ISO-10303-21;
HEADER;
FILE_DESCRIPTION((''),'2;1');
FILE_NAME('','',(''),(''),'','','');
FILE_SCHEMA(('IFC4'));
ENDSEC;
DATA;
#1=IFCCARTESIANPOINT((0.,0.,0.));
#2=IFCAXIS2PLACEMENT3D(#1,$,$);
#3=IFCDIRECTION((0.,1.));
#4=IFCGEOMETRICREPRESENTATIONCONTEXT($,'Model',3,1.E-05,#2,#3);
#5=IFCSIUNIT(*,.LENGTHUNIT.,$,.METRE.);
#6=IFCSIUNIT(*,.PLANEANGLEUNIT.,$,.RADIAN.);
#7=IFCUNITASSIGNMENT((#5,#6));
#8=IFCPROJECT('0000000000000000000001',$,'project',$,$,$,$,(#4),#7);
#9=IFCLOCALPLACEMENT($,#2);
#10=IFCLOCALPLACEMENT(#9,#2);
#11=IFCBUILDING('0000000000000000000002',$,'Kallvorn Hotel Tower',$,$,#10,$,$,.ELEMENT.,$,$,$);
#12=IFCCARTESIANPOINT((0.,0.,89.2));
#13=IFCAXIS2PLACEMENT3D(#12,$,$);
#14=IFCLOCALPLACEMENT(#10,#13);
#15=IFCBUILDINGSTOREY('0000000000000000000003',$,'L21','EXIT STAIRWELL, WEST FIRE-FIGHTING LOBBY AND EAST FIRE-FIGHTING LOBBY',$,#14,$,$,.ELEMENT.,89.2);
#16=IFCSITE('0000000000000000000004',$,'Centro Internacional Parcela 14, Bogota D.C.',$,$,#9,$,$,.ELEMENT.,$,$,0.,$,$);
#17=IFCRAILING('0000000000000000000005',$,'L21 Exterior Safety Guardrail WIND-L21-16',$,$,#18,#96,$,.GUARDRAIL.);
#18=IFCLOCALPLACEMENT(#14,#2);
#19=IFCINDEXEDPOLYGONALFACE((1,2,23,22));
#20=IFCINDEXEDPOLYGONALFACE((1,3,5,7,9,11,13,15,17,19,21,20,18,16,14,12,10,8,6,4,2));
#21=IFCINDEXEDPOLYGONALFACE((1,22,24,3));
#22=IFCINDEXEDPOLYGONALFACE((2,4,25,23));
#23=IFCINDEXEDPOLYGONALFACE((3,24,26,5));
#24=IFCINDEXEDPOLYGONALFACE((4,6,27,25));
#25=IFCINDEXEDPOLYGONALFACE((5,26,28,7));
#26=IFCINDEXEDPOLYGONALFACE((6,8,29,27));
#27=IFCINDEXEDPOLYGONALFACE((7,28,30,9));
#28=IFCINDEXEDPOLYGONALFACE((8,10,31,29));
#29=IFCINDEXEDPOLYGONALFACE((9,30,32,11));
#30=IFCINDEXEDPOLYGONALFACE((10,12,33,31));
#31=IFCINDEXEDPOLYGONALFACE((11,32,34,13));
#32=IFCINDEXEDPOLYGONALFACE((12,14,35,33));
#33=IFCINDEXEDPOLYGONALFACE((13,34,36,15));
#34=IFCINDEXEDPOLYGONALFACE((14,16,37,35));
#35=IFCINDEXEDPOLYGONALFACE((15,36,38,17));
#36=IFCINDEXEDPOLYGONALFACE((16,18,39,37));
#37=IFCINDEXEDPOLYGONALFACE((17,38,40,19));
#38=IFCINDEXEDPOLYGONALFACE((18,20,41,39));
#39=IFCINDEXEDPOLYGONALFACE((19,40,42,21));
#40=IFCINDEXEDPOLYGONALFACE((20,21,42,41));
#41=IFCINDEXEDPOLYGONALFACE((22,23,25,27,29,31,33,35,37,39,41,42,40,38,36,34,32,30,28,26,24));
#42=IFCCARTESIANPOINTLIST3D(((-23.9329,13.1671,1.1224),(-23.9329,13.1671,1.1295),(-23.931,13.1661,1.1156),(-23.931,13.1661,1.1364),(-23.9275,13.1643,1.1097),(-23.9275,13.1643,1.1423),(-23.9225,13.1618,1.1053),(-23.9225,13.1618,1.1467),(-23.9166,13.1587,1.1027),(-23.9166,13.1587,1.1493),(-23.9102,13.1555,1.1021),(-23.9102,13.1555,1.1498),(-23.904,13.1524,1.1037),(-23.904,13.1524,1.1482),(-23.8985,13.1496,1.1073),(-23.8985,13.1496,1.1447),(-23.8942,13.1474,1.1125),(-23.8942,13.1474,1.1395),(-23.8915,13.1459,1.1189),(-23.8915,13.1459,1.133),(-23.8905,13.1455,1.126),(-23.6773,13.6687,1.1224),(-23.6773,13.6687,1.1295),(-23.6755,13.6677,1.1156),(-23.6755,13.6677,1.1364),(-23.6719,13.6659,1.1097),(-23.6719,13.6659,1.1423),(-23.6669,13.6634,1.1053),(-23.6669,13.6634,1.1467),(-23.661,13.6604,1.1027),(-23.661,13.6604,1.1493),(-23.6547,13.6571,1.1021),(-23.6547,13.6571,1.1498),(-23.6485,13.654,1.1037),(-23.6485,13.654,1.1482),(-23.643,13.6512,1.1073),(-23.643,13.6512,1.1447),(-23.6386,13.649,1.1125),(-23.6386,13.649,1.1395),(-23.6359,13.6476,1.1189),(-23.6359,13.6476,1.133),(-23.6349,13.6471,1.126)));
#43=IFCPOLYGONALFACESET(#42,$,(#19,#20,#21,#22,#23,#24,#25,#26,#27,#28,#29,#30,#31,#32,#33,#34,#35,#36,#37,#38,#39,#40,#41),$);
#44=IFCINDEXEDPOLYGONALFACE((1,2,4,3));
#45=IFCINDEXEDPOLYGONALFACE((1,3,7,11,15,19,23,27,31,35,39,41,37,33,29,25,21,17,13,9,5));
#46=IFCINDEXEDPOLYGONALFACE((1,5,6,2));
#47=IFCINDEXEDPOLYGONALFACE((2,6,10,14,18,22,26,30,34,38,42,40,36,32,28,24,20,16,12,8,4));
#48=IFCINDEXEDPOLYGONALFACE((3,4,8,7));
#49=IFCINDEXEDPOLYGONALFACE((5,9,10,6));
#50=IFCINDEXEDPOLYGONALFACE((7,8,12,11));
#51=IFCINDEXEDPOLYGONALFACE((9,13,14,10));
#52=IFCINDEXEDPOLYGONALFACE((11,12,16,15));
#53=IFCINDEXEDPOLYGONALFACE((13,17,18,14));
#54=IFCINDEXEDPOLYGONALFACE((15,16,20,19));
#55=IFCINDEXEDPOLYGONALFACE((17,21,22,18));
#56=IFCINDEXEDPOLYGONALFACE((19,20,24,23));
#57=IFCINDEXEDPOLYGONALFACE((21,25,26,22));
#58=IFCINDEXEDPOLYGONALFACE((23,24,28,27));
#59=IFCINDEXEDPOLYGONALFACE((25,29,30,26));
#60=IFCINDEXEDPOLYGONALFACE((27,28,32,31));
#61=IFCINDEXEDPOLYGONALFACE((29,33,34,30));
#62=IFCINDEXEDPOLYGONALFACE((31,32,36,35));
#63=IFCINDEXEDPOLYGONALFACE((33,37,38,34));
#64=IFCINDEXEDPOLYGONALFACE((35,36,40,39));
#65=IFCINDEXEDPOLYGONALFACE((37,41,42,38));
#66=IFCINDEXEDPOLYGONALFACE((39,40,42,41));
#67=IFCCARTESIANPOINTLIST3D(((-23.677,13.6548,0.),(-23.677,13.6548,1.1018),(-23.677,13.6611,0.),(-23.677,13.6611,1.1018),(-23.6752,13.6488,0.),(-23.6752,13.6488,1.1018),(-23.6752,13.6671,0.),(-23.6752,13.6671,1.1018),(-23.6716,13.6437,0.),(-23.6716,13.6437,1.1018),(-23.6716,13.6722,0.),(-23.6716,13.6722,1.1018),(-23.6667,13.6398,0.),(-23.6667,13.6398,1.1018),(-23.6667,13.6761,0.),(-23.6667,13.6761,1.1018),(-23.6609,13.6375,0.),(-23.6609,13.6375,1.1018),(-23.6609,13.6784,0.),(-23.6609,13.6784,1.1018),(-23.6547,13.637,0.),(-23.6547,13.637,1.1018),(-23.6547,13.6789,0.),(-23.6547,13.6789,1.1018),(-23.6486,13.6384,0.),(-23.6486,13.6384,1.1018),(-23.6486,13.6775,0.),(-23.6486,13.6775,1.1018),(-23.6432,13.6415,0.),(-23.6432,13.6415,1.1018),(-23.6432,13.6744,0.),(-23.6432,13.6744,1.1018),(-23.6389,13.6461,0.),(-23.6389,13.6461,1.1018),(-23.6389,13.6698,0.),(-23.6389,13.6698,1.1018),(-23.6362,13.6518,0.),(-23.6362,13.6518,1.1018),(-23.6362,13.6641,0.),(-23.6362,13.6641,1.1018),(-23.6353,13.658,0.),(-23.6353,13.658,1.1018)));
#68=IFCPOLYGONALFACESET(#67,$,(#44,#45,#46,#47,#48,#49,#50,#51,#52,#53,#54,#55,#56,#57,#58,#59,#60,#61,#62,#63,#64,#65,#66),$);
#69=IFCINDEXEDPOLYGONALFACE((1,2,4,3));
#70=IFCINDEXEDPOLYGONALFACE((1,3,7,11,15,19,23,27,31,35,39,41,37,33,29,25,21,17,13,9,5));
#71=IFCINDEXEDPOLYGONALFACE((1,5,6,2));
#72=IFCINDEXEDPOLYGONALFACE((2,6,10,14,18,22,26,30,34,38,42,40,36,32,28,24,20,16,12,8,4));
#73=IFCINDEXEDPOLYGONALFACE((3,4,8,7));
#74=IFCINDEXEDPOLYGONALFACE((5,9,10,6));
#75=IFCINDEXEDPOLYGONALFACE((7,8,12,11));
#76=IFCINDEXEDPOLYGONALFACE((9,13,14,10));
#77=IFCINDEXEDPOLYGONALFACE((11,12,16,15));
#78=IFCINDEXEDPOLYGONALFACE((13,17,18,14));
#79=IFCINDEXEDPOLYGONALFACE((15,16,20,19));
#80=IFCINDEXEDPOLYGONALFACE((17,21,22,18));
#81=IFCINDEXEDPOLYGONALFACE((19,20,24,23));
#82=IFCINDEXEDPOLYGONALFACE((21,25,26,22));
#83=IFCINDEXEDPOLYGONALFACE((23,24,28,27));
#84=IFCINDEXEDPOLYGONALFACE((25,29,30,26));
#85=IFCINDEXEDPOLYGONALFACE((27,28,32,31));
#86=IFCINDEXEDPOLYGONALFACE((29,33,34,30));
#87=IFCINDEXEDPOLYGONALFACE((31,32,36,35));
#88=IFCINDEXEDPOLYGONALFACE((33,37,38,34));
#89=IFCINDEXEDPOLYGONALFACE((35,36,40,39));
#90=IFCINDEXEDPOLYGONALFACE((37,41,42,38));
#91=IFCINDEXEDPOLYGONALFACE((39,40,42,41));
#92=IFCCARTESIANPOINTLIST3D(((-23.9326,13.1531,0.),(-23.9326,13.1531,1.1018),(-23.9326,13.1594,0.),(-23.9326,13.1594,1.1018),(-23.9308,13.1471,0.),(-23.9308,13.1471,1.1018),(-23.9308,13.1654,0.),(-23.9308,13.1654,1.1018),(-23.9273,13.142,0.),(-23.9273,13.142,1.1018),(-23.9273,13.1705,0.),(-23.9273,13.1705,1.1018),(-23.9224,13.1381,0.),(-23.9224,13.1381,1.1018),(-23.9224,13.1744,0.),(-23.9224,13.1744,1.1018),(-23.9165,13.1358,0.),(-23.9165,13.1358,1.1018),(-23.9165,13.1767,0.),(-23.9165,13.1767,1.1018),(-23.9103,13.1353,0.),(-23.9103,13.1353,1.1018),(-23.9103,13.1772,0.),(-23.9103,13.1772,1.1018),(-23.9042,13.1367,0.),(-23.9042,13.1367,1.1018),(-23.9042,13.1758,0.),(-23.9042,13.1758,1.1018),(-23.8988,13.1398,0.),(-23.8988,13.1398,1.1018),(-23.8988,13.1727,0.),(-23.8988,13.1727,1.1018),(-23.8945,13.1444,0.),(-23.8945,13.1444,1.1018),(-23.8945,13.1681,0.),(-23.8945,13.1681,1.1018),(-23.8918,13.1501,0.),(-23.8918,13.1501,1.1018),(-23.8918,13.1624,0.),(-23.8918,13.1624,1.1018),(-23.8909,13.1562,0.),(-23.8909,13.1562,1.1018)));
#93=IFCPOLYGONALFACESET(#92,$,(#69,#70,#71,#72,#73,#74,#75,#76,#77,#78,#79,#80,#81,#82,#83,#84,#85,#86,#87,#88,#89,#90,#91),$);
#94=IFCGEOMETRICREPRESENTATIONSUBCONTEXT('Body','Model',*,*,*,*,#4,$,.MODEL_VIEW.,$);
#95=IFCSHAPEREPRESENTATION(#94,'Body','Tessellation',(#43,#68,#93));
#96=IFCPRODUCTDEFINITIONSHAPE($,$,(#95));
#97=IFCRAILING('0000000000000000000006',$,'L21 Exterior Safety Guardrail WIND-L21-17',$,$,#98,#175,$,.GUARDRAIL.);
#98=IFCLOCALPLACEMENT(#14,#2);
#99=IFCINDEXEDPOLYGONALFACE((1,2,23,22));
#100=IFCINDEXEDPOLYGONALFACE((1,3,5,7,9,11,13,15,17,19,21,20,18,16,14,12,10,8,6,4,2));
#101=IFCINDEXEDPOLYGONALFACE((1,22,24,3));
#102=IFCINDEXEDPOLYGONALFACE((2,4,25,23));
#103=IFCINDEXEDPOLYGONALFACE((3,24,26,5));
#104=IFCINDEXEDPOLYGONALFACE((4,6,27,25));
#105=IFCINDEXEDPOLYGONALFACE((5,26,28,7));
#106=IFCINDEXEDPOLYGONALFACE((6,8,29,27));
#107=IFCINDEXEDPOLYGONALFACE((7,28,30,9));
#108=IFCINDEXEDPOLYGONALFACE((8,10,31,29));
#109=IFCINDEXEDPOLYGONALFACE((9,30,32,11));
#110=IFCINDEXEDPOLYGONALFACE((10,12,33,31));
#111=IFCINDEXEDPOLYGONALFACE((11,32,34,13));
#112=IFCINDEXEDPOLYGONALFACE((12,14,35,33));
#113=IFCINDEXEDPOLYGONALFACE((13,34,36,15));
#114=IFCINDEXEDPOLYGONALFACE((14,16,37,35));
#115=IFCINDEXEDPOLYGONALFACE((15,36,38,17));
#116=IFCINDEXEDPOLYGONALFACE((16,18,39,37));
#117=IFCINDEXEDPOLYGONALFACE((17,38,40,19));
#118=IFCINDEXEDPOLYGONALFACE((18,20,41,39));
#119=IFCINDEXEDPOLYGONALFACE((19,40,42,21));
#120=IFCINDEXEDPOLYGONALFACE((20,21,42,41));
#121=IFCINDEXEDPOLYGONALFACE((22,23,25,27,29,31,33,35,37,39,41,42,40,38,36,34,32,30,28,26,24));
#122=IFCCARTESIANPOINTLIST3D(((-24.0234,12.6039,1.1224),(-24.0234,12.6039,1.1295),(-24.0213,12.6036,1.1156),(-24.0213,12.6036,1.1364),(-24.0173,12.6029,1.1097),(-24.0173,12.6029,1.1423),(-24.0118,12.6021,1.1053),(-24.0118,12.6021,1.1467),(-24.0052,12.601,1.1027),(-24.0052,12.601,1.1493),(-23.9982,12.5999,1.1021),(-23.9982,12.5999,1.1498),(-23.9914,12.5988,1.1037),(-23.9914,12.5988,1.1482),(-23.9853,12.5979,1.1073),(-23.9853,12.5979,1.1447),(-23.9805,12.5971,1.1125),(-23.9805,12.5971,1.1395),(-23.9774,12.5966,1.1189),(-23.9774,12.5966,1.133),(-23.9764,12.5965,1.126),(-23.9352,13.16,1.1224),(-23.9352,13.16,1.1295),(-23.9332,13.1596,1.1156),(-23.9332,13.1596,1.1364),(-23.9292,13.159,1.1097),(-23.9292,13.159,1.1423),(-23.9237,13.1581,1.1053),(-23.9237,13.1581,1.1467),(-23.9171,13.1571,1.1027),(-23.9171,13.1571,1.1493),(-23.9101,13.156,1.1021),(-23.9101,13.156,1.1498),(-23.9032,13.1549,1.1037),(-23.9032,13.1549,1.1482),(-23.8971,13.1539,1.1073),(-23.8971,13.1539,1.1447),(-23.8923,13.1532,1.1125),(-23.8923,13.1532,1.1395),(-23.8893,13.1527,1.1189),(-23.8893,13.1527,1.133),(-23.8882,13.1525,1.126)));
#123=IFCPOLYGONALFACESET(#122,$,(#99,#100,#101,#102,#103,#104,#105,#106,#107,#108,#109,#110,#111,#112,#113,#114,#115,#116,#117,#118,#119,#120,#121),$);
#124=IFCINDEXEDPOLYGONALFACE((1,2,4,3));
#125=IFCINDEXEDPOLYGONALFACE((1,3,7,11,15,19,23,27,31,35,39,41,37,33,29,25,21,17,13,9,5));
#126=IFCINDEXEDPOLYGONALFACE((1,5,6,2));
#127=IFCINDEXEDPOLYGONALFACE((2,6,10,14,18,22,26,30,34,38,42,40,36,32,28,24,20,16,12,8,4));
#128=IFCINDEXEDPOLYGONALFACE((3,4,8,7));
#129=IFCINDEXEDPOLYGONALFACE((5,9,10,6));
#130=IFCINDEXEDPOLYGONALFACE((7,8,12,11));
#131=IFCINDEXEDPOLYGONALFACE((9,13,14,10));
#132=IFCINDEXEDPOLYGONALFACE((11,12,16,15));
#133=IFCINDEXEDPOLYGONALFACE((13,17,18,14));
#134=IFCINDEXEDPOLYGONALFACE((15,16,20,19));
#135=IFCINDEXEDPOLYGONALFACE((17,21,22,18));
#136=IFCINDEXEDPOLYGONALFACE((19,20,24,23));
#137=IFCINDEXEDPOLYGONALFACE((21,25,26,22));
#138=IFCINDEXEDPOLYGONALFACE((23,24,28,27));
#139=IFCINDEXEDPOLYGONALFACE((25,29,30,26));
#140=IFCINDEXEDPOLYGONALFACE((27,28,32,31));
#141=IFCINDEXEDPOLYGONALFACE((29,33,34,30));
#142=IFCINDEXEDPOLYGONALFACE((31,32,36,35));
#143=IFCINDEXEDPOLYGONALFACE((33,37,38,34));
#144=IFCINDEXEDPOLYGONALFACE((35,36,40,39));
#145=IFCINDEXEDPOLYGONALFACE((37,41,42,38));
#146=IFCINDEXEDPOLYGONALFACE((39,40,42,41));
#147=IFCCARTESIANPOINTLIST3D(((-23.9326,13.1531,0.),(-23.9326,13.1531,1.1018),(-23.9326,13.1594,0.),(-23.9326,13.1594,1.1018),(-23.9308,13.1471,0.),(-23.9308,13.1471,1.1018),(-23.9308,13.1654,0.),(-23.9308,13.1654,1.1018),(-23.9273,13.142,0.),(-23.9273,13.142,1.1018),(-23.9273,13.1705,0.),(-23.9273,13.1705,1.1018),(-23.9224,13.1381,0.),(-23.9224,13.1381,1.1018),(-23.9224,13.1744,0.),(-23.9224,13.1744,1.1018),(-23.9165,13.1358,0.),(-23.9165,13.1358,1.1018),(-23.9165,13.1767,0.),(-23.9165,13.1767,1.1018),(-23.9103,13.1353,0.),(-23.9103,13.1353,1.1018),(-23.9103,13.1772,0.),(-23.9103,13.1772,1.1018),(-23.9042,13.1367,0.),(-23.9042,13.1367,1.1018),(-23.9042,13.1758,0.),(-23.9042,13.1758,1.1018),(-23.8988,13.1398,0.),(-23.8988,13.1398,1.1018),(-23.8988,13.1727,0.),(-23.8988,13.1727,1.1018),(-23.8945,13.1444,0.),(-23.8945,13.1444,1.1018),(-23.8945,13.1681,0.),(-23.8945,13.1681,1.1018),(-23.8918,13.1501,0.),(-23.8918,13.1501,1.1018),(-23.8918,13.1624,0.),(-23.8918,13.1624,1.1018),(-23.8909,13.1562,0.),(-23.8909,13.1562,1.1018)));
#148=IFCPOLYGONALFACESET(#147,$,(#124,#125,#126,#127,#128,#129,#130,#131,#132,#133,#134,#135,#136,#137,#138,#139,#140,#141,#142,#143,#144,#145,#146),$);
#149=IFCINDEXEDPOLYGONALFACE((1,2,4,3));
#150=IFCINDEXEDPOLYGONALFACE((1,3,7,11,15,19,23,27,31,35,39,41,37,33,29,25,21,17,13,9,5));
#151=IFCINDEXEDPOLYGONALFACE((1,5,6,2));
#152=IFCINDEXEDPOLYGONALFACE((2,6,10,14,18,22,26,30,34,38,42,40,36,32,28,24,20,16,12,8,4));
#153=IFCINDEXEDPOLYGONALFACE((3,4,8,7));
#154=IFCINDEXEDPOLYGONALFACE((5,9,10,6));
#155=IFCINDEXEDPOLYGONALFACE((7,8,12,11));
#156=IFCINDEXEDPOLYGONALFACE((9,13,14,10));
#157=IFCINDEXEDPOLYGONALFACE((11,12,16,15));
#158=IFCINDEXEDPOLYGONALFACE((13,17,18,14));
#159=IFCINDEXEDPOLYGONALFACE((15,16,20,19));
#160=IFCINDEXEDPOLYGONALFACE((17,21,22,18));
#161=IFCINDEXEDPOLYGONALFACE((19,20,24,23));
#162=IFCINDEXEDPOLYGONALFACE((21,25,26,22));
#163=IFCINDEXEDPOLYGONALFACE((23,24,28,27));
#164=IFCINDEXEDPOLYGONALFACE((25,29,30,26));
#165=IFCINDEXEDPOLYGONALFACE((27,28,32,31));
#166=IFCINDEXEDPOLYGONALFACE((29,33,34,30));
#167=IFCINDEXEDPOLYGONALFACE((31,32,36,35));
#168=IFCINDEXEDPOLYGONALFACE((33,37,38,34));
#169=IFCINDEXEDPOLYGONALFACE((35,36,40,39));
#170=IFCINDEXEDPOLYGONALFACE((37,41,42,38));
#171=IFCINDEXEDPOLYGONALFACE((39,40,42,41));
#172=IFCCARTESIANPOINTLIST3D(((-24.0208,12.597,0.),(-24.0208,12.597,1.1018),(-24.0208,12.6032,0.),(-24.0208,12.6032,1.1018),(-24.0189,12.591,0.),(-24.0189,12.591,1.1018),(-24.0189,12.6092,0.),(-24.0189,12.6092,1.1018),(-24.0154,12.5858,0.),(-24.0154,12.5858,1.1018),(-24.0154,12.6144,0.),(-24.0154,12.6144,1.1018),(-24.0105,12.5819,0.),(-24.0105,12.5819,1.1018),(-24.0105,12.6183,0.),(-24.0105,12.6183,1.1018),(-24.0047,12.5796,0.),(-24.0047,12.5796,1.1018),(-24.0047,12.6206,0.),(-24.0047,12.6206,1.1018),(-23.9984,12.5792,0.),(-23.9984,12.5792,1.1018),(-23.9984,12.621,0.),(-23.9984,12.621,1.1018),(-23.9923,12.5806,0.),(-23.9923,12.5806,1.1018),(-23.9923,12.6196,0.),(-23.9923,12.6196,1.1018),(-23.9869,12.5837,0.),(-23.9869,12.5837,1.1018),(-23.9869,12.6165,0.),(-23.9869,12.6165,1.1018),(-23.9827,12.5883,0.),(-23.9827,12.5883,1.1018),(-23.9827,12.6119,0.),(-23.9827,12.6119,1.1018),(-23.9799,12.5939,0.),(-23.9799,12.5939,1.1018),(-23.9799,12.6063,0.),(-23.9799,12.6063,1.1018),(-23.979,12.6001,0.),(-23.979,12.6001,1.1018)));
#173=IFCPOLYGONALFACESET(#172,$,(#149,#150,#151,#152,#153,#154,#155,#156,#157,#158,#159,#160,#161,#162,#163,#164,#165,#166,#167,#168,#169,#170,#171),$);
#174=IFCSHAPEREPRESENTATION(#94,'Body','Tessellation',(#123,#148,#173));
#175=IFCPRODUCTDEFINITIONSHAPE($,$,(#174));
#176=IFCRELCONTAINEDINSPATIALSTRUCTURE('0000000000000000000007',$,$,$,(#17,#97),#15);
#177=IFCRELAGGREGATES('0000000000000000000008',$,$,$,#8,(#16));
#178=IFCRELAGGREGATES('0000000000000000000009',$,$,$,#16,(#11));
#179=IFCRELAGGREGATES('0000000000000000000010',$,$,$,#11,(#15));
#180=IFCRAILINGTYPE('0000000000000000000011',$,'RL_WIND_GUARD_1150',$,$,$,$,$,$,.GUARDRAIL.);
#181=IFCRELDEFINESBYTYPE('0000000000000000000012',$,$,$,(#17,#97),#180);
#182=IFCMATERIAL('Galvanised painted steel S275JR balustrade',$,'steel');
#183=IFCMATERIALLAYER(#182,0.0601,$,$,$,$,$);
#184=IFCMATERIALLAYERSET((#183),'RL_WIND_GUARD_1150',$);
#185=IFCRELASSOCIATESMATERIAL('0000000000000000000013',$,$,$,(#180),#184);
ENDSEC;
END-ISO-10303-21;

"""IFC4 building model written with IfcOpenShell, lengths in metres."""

from ifc_helpers import new_model, si_unit, direction, frame, origin, origin_2d, place, context, subcontext, project, spatial, circle, extrude, material, layer, layer_set, type_object, element, save


model = new_model("IFC4")

# Units and contexts
model_context = context("Model", 3, precision=1e-05, world=origin(), true_north=direction((0.0, 1.0)))
body_context = subcontext(model_context, "Body", "Model", "MODEL_VIEW")
ifc_project = project(units=[si_unit("LENGTHUNIT", "METRE"), si_unit("PLANEANGLEUNIT", "RADIAN")], contexts=[model_context])

# Site, building, storey
site_placement = place(None, origin())
site = spatial("IfcSite", under=ifc_project, at=site_placement, Name="Centro Internacional Parcela 14, Bogota D.C.", CompositionType="ELEMENT", RefElevation=0.0)
building_placement = place(site_placement, origin())
building = spatial("IfcBuilding", under=site, at=building_placement, Name="Kallvorn Hotel Tower", CompositionType="ELEMENT")
storey_placement = place(building_placement, frame((0.0, 0.0, 89.2)))
storey = spatial("IfcBuildingStorey", under=building, at=storey_placement, Name="L21", Description="EXIT STAIRWELL, WEST FIRE-FIGHTING LOBBY AND EAST FIRE-FIGHTING LOBBY", CompositionType="ELEMENT", Elevation=89.2)

# Railings
ifc_material_1 = material(Name="Galvanised painted steel S275JR balustrade", Category="steel")
ifc_layer_1 = layer(ifc_material_1, 0.0601)
ifc_layer_set_1 = layer_set([ifc_layer_1], Name="RL_WIND_GUARD_1150")
railing_type = type_object("IfcRailingType", Name="RL_WIND_GUARD_1150", PredefinedType="GUARDRAIL", material=ifc_layer_set_1)
railing_1_placement = place(storey_placement, frame((-23.6562, 13.658, 0.0)))
element("IfcRailing", 1, at=railing_1_placement, inside=storey, type_object=railing_type, Name="L21 Exterior Safety Guardrail WIND-L21-16", PredefinedType="GUARDRAIL", context=body_context, shape_type="SweptSolid", body=[
    extrude(circle(Radius=0.0239, at=origin_2d()), frame((0.0, 0.0, 1.126), z_axis=(-0.453965, -0.89102, 0.0), x_axis=(0.89102, -0.453965, 0.0)), (0.0, 0.0, 1.0), 0.563),
    extrude(circle(Radius=0.021, at=origin_2d()), origin(), (0.0, 0.0, 1.0), 1.1018),
    extrude(circle(Radius=0.021, at=origin_2d()), frame((-0.2556, -0.5017, 0.0)), (0.0, 0.0, 1.0), 1.1018),
])
railing_2_placement = place(storey_placement, frame((-23.9119, 13.1562, 0.0)))
element("IfcRailing", 2, at=railing_2_placement, inside=storey, type_object=railing_type, Name="L21 Exterior Safety Guardrail WIND-L21-17", PredefinedType="GUARDRAIL", context=body_context, shape_type="SweptSolid", body=[
    extrude(circle(Radius=0.0239, at=origin_2d()), frame((0.0, 0.0, 1.126), z_axis=(-0.156519, -0.987675, 0.0), x_axis=(0.987675, -0.156519, 0.0)), (0.0, 0.0, 1.0), 0.563),
    extrude(circle(Radius=0.021, at=origin_2d()), origin(), (0.0, 0.0, 1.0), 1.1018),
    extrude(circle(Radius=0.021, at=origin_2d()), frame((-0.0881, -0.5562, 0.0)), (0.0, 0.0, 1.0), 1.1018),
])

save(model, "model.ifc")
